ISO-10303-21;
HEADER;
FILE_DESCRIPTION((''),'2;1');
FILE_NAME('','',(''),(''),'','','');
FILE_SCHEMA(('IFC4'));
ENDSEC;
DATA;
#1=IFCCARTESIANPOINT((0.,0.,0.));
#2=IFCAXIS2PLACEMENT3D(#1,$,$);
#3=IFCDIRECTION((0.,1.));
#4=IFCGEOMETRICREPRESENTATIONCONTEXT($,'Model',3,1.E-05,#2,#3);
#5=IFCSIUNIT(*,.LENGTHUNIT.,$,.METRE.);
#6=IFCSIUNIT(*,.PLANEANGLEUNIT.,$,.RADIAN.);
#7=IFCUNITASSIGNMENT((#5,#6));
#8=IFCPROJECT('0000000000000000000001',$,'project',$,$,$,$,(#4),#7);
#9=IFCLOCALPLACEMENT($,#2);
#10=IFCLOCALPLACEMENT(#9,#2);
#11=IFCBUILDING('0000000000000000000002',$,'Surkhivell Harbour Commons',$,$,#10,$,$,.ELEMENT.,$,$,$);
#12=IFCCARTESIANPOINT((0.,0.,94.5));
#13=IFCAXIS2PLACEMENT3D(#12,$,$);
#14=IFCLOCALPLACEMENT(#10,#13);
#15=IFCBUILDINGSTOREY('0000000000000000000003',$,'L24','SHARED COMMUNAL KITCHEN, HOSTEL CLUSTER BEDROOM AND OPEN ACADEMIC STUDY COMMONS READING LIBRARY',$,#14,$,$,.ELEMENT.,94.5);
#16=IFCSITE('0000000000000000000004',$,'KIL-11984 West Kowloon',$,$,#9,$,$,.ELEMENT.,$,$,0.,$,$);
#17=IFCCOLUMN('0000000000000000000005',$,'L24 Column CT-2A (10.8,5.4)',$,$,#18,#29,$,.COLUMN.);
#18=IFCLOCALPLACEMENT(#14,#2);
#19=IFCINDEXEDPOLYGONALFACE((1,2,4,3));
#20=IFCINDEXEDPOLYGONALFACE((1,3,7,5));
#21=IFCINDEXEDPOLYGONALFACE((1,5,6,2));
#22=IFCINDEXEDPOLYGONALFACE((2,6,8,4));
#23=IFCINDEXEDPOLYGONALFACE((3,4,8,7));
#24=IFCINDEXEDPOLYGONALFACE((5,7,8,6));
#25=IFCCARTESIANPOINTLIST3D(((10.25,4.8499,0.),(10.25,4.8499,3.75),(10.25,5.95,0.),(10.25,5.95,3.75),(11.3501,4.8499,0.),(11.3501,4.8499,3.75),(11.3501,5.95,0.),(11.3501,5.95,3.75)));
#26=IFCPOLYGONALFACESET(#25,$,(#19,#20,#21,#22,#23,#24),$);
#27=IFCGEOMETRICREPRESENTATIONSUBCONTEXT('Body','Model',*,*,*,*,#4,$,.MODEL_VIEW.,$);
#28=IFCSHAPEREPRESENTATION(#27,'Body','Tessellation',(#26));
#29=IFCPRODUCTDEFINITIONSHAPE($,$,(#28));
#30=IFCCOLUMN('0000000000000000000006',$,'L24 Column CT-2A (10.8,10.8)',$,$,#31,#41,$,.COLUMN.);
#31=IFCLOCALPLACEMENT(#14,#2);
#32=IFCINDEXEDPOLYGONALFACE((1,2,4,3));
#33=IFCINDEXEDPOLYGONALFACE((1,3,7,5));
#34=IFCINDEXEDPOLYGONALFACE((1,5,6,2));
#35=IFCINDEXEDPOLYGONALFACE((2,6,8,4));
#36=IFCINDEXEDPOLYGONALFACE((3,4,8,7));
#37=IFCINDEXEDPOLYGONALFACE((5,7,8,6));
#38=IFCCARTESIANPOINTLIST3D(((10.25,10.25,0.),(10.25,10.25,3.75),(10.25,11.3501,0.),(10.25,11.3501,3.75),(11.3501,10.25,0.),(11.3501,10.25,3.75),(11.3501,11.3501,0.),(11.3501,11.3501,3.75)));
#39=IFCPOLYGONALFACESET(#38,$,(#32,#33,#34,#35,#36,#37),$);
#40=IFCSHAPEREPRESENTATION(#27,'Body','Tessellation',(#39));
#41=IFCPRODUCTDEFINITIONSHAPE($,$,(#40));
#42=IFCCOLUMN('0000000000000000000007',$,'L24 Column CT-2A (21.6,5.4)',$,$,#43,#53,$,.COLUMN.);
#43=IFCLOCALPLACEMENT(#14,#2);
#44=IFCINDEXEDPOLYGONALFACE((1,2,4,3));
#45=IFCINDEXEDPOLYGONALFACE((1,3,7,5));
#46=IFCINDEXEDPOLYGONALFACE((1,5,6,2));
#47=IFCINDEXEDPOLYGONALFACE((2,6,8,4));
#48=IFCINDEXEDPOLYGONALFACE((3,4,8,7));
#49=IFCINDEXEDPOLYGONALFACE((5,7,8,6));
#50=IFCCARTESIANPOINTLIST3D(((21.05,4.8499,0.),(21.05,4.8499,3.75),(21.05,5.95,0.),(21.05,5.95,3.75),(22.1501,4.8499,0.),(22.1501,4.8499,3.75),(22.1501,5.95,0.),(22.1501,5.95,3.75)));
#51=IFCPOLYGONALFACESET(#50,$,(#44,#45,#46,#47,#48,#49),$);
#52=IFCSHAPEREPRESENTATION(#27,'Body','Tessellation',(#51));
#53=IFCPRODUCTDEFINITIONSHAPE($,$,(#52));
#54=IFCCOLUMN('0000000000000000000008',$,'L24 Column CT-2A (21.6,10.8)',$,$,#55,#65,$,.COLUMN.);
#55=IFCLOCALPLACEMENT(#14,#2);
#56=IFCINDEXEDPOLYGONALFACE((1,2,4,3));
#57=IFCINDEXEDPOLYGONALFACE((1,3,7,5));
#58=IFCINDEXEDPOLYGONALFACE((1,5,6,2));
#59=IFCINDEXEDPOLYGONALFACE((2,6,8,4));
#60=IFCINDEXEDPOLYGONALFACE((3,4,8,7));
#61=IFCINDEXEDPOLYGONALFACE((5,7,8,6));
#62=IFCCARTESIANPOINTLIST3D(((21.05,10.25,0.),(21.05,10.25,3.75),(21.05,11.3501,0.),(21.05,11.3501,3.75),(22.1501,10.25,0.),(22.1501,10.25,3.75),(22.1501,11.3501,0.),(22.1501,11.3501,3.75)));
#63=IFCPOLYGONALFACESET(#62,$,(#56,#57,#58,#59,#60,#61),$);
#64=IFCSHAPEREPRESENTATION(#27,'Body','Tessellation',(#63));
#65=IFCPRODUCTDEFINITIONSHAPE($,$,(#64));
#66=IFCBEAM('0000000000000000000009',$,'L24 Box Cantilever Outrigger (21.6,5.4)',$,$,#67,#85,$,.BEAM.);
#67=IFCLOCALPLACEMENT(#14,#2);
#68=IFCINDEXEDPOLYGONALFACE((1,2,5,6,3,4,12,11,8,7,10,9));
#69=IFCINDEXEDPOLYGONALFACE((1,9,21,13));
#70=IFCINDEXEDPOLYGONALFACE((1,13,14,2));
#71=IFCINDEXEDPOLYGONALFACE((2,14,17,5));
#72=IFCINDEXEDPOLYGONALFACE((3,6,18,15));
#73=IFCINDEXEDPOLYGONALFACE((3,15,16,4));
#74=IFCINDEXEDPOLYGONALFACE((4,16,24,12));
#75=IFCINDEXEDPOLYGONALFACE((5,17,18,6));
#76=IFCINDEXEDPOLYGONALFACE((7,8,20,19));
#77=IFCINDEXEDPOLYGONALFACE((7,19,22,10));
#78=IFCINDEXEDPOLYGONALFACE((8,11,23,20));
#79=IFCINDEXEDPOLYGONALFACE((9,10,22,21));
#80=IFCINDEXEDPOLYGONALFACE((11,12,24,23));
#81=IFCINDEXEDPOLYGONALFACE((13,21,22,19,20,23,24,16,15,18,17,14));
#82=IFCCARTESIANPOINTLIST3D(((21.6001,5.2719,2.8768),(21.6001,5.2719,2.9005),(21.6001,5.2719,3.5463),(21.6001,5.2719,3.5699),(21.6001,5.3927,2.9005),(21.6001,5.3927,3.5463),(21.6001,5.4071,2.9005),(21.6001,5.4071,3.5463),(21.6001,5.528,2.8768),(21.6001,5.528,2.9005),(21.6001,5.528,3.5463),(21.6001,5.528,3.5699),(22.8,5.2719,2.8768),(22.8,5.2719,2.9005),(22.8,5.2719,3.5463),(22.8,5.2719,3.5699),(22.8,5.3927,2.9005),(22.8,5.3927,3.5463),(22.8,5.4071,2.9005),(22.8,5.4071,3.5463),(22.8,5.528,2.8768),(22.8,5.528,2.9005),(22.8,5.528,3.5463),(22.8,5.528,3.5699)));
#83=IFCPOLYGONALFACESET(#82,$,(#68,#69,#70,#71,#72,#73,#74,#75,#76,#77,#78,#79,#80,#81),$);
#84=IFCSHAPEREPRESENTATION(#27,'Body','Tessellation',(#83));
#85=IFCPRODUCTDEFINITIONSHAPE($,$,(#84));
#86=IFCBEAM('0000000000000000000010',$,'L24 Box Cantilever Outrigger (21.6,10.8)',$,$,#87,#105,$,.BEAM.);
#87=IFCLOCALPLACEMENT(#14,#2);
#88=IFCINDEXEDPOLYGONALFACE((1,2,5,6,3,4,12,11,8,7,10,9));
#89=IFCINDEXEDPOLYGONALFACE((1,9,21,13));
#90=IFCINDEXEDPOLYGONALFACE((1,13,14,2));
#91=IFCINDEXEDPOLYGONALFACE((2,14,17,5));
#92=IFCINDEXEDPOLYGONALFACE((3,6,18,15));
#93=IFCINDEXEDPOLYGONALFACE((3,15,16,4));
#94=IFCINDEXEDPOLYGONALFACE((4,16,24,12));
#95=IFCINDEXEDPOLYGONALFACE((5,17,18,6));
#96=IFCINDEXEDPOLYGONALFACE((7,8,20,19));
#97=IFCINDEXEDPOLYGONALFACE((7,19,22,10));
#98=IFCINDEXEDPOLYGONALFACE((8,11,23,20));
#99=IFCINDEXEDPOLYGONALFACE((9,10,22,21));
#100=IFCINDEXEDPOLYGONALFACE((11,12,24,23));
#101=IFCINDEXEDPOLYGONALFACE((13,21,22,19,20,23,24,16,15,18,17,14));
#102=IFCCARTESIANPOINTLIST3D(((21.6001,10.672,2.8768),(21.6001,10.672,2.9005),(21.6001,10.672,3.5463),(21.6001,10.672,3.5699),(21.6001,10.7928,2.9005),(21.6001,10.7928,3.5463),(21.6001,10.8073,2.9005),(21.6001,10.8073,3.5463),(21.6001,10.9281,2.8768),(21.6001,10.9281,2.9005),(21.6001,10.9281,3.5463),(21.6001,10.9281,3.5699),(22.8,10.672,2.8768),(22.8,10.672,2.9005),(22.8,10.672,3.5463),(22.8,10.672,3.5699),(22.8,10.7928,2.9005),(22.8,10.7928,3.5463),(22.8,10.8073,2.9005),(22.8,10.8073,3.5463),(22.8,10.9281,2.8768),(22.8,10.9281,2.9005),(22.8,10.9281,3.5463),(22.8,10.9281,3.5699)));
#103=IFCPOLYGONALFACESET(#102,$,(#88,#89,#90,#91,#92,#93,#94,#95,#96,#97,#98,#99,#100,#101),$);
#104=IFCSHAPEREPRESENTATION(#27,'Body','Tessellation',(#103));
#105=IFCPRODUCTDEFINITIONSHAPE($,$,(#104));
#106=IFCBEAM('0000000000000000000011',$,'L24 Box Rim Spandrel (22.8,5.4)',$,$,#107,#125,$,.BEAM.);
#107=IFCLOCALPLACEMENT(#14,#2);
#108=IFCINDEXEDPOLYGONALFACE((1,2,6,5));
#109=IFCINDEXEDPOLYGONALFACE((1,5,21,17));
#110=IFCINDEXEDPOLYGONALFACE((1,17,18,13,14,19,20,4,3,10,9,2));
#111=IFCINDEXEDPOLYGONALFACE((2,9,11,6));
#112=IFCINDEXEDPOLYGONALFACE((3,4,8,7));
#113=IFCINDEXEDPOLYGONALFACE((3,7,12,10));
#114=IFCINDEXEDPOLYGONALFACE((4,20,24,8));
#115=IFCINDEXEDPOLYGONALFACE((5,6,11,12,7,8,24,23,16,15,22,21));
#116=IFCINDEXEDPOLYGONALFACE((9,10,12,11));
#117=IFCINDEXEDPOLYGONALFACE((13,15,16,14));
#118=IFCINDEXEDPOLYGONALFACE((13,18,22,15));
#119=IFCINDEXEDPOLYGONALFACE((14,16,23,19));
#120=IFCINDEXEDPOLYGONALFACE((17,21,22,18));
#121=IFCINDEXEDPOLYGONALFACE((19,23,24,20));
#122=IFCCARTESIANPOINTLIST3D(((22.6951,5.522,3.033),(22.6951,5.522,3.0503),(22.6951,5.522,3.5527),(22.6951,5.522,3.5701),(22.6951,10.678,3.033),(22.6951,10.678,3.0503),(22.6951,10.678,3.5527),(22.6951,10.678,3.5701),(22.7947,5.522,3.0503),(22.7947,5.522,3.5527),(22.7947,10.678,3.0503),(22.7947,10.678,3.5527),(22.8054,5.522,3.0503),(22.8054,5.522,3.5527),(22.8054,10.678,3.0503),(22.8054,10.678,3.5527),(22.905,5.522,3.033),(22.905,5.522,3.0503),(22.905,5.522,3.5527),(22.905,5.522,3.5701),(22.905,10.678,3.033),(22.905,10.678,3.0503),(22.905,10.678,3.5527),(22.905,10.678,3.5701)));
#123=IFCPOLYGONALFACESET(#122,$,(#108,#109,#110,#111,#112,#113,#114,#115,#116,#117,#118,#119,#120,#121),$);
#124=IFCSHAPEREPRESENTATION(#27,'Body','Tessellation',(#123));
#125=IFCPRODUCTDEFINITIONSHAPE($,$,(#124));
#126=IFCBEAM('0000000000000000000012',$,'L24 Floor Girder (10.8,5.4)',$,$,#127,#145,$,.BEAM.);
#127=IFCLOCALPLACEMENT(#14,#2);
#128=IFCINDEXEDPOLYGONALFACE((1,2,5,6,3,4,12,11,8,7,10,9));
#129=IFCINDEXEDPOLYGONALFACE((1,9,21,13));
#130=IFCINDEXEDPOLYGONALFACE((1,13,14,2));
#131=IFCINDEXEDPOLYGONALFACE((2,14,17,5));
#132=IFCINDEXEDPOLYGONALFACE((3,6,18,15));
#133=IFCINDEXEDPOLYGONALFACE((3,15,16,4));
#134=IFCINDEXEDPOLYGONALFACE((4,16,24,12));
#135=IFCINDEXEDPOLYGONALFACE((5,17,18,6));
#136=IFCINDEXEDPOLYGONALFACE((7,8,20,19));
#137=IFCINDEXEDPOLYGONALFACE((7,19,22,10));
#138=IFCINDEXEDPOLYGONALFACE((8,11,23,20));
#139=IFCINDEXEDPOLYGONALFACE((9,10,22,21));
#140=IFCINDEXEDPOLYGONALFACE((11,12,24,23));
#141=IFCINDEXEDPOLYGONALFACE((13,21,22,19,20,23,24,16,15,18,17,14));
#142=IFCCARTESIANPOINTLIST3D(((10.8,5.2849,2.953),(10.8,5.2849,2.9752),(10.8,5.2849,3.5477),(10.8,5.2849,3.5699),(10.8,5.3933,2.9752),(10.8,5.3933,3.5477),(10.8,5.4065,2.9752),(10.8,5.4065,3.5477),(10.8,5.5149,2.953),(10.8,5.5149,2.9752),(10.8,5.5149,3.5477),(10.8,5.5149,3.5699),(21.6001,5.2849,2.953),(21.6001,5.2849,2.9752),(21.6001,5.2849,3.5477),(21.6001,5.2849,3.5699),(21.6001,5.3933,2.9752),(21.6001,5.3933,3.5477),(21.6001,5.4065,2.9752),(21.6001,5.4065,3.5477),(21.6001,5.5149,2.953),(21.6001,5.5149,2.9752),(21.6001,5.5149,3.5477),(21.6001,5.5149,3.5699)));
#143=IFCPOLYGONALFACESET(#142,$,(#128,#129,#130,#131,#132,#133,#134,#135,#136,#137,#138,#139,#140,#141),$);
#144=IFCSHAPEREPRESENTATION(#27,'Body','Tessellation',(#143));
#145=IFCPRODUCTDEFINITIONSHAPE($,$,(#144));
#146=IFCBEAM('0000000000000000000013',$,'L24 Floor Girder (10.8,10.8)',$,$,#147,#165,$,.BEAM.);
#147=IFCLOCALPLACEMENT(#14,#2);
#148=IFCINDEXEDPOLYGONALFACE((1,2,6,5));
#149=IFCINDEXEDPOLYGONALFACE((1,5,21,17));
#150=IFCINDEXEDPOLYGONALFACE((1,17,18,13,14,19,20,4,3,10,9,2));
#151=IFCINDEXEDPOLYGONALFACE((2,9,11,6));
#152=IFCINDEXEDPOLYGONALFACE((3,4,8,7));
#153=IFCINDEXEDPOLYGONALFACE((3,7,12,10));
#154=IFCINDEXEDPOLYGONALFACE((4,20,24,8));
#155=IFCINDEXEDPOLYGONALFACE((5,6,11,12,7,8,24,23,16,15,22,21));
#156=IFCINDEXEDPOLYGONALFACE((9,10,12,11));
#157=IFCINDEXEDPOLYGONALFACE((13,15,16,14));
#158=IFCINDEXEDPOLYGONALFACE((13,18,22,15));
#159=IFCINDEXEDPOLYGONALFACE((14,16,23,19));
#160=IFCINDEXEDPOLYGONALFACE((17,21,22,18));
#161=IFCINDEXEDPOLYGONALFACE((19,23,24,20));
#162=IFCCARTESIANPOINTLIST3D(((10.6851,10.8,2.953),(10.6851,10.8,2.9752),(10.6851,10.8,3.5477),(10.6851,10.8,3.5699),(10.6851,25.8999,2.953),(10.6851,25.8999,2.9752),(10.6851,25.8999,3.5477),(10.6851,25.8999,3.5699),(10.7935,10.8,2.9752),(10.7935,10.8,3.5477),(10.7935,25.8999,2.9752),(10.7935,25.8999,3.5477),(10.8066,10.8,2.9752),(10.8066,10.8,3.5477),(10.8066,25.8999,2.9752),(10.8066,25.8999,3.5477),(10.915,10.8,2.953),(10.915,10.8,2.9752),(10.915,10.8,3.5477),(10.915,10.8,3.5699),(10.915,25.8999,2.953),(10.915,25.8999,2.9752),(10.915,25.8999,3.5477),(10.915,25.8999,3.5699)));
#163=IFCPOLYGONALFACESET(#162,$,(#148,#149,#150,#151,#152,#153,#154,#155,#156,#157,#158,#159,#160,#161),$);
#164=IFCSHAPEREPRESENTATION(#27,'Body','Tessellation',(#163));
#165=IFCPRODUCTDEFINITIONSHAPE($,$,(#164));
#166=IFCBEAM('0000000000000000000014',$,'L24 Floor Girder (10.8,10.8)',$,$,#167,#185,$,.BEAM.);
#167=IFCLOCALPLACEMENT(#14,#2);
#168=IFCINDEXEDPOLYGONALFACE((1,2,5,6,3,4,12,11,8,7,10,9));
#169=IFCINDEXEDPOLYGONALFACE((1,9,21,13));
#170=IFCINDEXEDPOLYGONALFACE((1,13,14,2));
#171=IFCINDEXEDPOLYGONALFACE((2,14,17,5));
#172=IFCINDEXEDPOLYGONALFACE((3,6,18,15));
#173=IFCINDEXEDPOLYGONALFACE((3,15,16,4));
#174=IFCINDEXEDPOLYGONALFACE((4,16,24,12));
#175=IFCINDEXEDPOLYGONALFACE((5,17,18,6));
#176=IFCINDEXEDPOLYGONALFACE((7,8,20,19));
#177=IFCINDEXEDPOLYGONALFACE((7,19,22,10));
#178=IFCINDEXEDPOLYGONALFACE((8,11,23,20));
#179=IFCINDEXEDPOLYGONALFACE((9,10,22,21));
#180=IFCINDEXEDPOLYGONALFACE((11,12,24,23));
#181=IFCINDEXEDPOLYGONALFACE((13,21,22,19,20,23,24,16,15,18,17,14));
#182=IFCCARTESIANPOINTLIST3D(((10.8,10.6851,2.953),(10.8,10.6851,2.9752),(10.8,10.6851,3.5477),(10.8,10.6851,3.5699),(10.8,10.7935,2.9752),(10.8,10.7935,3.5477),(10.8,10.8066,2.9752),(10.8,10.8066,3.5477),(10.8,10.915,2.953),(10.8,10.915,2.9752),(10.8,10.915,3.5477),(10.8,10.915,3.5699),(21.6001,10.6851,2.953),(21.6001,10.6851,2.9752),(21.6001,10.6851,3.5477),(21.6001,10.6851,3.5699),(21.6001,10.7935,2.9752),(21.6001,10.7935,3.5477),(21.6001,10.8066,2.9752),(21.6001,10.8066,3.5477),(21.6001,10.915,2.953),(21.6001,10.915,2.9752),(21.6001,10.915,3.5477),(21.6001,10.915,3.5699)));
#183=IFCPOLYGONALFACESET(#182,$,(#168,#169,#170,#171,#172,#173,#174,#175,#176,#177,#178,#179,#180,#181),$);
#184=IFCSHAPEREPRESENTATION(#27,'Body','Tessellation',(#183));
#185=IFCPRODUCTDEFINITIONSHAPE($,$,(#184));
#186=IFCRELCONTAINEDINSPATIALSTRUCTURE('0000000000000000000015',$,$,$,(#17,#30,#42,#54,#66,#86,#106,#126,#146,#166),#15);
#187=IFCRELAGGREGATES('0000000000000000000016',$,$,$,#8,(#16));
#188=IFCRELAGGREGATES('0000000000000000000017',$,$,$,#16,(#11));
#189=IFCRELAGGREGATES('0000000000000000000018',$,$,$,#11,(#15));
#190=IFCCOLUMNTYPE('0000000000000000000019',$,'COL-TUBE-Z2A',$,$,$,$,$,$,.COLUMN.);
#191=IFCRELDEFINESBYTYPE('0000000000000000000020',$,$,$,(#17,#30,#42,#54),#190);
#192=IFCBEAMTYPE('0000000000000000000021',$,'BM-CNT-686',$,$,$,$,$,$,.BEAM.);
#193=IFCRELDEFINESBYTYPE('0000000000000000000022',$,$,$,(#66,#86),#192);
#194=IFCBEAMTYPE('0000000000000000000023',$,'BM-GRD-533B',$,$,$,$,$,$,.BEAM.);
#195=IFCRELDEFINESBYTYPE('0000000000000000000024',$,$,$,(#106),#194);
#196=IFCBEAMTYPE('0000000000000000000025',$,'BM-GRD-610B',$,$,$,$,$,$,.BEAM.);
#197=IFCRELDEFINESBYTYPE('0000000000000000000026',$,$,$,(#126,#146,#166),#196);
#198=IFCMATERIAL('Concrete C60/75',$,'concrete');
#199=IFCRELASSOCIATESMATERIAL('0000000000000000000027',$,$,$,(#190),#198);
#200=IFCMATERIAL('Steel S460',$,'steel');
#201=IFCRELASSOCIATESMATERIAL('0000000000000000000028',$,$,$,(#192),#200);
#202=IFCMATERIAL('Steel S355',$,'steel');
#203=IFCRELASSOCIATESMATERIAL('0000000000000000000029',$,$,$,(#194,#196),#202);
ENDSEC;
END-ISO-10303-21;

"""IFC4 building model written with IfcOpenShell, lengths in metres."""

from ifc_helpers import new_model, si_unit, direction, frame, origin, origin_2d, place, context, subcontext, project, spatial, rectangle, i_section, extrude, material, material_profile, profile_set, type_object, element, save


model = new_model("IFC4")

# Units and contexts
model_context = context("Model", 3, precision=1e-05, world=origin(), true_north=direction((0.0, 1.0)))
body_context = subcontext(model_context, "Body", "Model", "MODEL_VIEW")
ifc_project = project(units=[si_unit("LENGTHUNIT", "METRE"), si_unit("PLANEANGLEUNIT", "RADIAN")], contexts=[model_context])

# Site, building, storey
site_placement = place(None, origin())
site = spatial("IfcSite", under=ifc_project, at=site_placement, Name="KIL-11984 West Kowloon", CompositionType="ELEMENT", RefElevation=0.0)
building_placement = place(site_placement, origin())
building = spatial("IfcBuilding", under=site, at=building_placement, Name="Surkhivell Harbour Commons", CompositionType="ELEMENT")
storey_placement = place(building_placement, frame((0.0, 0.0, 94.5)))
storey = spatial("IfcBuildingStorey", under=building, at=storey_placement, Name="L24", Description="SHARED COMMUNAL KITCHEN, HOSTEL CLUSTER BEDROOM AND OPEN ACADEMIC STUDY COMMONS READING LIBRARY", CompositionType="ELEMENT", Elevation=94.5)

# Columns
ifc_material_1 = material(Name="Concrete C60/75", Category="concrete")
ifc_material_profile_1 = material_profile(ifc_material_1, rectangle(XDim=1.1001, YDim=1.1001, at=origin_2d()), Name="RC-COL-1100x1100")
ifc_profile_set_1 = profile_set([ifc_material_profile_1], Name="Concrete C60/75")
column_type = type_object("IfcColumnType", Name="COL-TUBE-Z2A", PredefinedType="COLUMN", material=ifc_profile_set_1)
for number, where, z_axis, x_axis, name in (
    (1, (10.8, 5.3999, 0.0), (0.0, 0.0, 1.0), (1.0, 0.0, 0.0), "L24 Column CT-2A (10.8,5.4)"),
    (2, (10.8, 10.8, 0.0), (0.0, 0.0, 1.0), (1.0, 0.0, 0.0), "L24 Column CT-2A (10.8,10.8)"),
    (3, (21.6001, 5.3999, 0.0), (0.0, 0.0, 1.0), (1.0, 0.0, 0.0), "L24 Column CT-2A (21.6,5.4)"),
    (4, (21.6001, 10.8, 0.0), (0.0, 0.0, 1.0), (1.0, 0.0, 0.0), "L24 Column CT-2A (21.6,10.8)"),
):
    element("IfcColumn", number, at=place(storey_placement, frame(where, z_axis=z_axis, x_axis=x_axis)), inside=storey, type_object=column_type, Name=name, PredefinedType="COLUMN", context=body_context, shape_type="SweptSolid", body=[
        extrude(rectangle(XDim=1.1001, YDim=1.1001, at=origin_2d()), origin(), (0.0, 0.0, 1.0), 3.75),
    ])

# Beams
ifc_material_2 = material(Name="Steel S460", Category="steel")
ifc_material_profile_2 = material_profile(ifc_material_2, i_section(OverallWidth=0.2561, OverallDepth=0.6931, WebThickness=0.0144, FlangeThickness=0.0237, at=origin_2d()), Name="UB686x254x170")
ifc_profile_set_2 = profile_set([ifc_material_profile_2], Name="Steel S460")
beam_type_1 = type_object("IfcBeamType", Name="BM-CNT-686", PredefinedType="BEAM", material=ifc_profile_set_2)
for number, where, z_axis, x_axis, name in (
    (5, (21.6001, 5.3999, 3.2234), (1.0, 0.0, 0.0), (0.0, 1.0, 0.0), "L24 Box Cantilever Outrigger (21.6,5.4)"),
    (6, (21.6001, 10.8, 3.2234), (1.0, 0.0, 0.0), (0.0, 1.0, 0.0), "L24 Box Cantilever Outrigger (21.6,10.8)"),
):
    element("IfcBeam", number, at=place(storey_placement, frame(where, z_axis=z_axis, x_axis=x_axis)), inside=storey, type_object=beam_type_1, Name=name, PredefinedType="BEAM", context=body_context, shape_type="SweptSolid", body=[
        extrude(i_section(OverallWidth=0.2561, OverallDepth=0.6931, WebThickness=0.0144, FlangeThickness=0.0237, at=origin_2d()), origin(), (0.0, 0.0, 1.0), 1.2),
    ])
ifc_material_3 = material(Name="Steel S355", Category="steel")
ifc_material_profile_3 = material_profile(ifc_material_3, i_section(OverallWidth=0.21, OverallDepth=0.5371, WebThickness=0.0107, FlangeThickness=0.0173, at=origin_2d()), Name="UB533x210x101")
ifc_profile_set_3 = profile_set([ifc_material_profile_3], Name="Steel S355")
beam_type_2 = type_object("IfcBeamType", Name="BM-GRD-533B", PredefinedType="BEAM", material=ifc_profile_set_3)
beam_1_placement = place(storey_placement, frame((22.8, 5.522, 3.3015), z_axis=(0.0, 1.0, 0.0), x_axis=(-1.0, 0.0, 0.0)))
element("IfcBeam", 7, at=beam_1_placement, inside=storey, type_object=beam_type_2, Name="L24 Box Rim Spandrel (22.8,5.4)", PredefinedType="BEAM", context=body_context, shape_type="SweptSolid", body=[
    extrude(i_section(OverallWidth=0.21, OverallDepth=0.5371, WebThickness=0.0107, FlangeThickness=0.0173, at=origin_2d()), origin(), (0.0, 0.0, 1.0), 5.156),
])
ifc_material_profile_4 = material_profile(ifc_material_3, i_section(OverallWidth=0.23, OverallDepth=0.6169, WebThickness=0.0132, FlangeThickness=0.0222, at=origin_2d()), Name="UB610x229x140")
ifc_profile_set_4 = profile_set([ifc_material_profile_4], Name="Steel S355")
beam_type_3 = type_object("IfcBeamType", Name="BM-GRD-610B", PredefinedType="BEAM", material=ifc_profile_set_4)
beam_2_placement = place(storey_placement, frame((10.8, 5.3999, 3.2615), z_axis=(1.0, 0.0, 0.0), x_axis=(0.0, 1.0, 0.0)))
element("IfcBeam", 8, at=beam_2_placement, inside=storey, type_object=beam_type_3, Name="L24 Floor Girder (10.8,5.4)", PredefinedType="BEAM", context=body_context, shape_type="SweptSolid", body=[
    extrude(i_section(OverallWidth=0.23, OverallDepth=0.6169, WebThickness=0.0132, FlangeThickness=0.0222, at=origin_2d()), origin(), (0.0, 0.0, 1.0), 10.8),
])
beam_3_placement = place(storey_placement, frame((10.8, 10.8, 3.2615), z_axis=(0.0, 1.0, 0.0), x_axis=(-1.0, 0.0, 0.0)))
element("IfcBeam", 9, at=beam_3_placement, inside=storey, type_object=beam_type_3, Name="L24 Floor Girder (10.8,10.8)", PredefinedType="BEAM", context=body_context, shape_type="SweptSolid", body=[
    extrude(i_section(OverallWidth=0.23, OverallDepth=0.6169, WebThickness=0.0132, FlangeThickness=0.0222, at=origin_2d()), origin(), (0.0, 0.0, 1.0), 15.0999),
])
beam_4_placement = place(storey_placement, frame((10.8, 10.8, 3.2615), z_axis=(1.0, 0.0, 0.0), x_axis=(0.0, 1.0, 0.0)))
element("IfcBeam", 10, at=beam_4_placement, inside=storey, type_object=beam_type_3, Name="L24 Floor Girder (10.8,10.8)", PredefinedType="BEAM", context=body_context, shape_type="SweptSolid", body=[
    extrude(i_section(OverallWidth=0.23, OverallDepth=0.6169, WebThickness=0.0132, FlangeThickness=0.0222, at=origin_2d()), origin(), (0.0, 0.0, 1.0), 10.8),
])

save(model, "model.ifc")
